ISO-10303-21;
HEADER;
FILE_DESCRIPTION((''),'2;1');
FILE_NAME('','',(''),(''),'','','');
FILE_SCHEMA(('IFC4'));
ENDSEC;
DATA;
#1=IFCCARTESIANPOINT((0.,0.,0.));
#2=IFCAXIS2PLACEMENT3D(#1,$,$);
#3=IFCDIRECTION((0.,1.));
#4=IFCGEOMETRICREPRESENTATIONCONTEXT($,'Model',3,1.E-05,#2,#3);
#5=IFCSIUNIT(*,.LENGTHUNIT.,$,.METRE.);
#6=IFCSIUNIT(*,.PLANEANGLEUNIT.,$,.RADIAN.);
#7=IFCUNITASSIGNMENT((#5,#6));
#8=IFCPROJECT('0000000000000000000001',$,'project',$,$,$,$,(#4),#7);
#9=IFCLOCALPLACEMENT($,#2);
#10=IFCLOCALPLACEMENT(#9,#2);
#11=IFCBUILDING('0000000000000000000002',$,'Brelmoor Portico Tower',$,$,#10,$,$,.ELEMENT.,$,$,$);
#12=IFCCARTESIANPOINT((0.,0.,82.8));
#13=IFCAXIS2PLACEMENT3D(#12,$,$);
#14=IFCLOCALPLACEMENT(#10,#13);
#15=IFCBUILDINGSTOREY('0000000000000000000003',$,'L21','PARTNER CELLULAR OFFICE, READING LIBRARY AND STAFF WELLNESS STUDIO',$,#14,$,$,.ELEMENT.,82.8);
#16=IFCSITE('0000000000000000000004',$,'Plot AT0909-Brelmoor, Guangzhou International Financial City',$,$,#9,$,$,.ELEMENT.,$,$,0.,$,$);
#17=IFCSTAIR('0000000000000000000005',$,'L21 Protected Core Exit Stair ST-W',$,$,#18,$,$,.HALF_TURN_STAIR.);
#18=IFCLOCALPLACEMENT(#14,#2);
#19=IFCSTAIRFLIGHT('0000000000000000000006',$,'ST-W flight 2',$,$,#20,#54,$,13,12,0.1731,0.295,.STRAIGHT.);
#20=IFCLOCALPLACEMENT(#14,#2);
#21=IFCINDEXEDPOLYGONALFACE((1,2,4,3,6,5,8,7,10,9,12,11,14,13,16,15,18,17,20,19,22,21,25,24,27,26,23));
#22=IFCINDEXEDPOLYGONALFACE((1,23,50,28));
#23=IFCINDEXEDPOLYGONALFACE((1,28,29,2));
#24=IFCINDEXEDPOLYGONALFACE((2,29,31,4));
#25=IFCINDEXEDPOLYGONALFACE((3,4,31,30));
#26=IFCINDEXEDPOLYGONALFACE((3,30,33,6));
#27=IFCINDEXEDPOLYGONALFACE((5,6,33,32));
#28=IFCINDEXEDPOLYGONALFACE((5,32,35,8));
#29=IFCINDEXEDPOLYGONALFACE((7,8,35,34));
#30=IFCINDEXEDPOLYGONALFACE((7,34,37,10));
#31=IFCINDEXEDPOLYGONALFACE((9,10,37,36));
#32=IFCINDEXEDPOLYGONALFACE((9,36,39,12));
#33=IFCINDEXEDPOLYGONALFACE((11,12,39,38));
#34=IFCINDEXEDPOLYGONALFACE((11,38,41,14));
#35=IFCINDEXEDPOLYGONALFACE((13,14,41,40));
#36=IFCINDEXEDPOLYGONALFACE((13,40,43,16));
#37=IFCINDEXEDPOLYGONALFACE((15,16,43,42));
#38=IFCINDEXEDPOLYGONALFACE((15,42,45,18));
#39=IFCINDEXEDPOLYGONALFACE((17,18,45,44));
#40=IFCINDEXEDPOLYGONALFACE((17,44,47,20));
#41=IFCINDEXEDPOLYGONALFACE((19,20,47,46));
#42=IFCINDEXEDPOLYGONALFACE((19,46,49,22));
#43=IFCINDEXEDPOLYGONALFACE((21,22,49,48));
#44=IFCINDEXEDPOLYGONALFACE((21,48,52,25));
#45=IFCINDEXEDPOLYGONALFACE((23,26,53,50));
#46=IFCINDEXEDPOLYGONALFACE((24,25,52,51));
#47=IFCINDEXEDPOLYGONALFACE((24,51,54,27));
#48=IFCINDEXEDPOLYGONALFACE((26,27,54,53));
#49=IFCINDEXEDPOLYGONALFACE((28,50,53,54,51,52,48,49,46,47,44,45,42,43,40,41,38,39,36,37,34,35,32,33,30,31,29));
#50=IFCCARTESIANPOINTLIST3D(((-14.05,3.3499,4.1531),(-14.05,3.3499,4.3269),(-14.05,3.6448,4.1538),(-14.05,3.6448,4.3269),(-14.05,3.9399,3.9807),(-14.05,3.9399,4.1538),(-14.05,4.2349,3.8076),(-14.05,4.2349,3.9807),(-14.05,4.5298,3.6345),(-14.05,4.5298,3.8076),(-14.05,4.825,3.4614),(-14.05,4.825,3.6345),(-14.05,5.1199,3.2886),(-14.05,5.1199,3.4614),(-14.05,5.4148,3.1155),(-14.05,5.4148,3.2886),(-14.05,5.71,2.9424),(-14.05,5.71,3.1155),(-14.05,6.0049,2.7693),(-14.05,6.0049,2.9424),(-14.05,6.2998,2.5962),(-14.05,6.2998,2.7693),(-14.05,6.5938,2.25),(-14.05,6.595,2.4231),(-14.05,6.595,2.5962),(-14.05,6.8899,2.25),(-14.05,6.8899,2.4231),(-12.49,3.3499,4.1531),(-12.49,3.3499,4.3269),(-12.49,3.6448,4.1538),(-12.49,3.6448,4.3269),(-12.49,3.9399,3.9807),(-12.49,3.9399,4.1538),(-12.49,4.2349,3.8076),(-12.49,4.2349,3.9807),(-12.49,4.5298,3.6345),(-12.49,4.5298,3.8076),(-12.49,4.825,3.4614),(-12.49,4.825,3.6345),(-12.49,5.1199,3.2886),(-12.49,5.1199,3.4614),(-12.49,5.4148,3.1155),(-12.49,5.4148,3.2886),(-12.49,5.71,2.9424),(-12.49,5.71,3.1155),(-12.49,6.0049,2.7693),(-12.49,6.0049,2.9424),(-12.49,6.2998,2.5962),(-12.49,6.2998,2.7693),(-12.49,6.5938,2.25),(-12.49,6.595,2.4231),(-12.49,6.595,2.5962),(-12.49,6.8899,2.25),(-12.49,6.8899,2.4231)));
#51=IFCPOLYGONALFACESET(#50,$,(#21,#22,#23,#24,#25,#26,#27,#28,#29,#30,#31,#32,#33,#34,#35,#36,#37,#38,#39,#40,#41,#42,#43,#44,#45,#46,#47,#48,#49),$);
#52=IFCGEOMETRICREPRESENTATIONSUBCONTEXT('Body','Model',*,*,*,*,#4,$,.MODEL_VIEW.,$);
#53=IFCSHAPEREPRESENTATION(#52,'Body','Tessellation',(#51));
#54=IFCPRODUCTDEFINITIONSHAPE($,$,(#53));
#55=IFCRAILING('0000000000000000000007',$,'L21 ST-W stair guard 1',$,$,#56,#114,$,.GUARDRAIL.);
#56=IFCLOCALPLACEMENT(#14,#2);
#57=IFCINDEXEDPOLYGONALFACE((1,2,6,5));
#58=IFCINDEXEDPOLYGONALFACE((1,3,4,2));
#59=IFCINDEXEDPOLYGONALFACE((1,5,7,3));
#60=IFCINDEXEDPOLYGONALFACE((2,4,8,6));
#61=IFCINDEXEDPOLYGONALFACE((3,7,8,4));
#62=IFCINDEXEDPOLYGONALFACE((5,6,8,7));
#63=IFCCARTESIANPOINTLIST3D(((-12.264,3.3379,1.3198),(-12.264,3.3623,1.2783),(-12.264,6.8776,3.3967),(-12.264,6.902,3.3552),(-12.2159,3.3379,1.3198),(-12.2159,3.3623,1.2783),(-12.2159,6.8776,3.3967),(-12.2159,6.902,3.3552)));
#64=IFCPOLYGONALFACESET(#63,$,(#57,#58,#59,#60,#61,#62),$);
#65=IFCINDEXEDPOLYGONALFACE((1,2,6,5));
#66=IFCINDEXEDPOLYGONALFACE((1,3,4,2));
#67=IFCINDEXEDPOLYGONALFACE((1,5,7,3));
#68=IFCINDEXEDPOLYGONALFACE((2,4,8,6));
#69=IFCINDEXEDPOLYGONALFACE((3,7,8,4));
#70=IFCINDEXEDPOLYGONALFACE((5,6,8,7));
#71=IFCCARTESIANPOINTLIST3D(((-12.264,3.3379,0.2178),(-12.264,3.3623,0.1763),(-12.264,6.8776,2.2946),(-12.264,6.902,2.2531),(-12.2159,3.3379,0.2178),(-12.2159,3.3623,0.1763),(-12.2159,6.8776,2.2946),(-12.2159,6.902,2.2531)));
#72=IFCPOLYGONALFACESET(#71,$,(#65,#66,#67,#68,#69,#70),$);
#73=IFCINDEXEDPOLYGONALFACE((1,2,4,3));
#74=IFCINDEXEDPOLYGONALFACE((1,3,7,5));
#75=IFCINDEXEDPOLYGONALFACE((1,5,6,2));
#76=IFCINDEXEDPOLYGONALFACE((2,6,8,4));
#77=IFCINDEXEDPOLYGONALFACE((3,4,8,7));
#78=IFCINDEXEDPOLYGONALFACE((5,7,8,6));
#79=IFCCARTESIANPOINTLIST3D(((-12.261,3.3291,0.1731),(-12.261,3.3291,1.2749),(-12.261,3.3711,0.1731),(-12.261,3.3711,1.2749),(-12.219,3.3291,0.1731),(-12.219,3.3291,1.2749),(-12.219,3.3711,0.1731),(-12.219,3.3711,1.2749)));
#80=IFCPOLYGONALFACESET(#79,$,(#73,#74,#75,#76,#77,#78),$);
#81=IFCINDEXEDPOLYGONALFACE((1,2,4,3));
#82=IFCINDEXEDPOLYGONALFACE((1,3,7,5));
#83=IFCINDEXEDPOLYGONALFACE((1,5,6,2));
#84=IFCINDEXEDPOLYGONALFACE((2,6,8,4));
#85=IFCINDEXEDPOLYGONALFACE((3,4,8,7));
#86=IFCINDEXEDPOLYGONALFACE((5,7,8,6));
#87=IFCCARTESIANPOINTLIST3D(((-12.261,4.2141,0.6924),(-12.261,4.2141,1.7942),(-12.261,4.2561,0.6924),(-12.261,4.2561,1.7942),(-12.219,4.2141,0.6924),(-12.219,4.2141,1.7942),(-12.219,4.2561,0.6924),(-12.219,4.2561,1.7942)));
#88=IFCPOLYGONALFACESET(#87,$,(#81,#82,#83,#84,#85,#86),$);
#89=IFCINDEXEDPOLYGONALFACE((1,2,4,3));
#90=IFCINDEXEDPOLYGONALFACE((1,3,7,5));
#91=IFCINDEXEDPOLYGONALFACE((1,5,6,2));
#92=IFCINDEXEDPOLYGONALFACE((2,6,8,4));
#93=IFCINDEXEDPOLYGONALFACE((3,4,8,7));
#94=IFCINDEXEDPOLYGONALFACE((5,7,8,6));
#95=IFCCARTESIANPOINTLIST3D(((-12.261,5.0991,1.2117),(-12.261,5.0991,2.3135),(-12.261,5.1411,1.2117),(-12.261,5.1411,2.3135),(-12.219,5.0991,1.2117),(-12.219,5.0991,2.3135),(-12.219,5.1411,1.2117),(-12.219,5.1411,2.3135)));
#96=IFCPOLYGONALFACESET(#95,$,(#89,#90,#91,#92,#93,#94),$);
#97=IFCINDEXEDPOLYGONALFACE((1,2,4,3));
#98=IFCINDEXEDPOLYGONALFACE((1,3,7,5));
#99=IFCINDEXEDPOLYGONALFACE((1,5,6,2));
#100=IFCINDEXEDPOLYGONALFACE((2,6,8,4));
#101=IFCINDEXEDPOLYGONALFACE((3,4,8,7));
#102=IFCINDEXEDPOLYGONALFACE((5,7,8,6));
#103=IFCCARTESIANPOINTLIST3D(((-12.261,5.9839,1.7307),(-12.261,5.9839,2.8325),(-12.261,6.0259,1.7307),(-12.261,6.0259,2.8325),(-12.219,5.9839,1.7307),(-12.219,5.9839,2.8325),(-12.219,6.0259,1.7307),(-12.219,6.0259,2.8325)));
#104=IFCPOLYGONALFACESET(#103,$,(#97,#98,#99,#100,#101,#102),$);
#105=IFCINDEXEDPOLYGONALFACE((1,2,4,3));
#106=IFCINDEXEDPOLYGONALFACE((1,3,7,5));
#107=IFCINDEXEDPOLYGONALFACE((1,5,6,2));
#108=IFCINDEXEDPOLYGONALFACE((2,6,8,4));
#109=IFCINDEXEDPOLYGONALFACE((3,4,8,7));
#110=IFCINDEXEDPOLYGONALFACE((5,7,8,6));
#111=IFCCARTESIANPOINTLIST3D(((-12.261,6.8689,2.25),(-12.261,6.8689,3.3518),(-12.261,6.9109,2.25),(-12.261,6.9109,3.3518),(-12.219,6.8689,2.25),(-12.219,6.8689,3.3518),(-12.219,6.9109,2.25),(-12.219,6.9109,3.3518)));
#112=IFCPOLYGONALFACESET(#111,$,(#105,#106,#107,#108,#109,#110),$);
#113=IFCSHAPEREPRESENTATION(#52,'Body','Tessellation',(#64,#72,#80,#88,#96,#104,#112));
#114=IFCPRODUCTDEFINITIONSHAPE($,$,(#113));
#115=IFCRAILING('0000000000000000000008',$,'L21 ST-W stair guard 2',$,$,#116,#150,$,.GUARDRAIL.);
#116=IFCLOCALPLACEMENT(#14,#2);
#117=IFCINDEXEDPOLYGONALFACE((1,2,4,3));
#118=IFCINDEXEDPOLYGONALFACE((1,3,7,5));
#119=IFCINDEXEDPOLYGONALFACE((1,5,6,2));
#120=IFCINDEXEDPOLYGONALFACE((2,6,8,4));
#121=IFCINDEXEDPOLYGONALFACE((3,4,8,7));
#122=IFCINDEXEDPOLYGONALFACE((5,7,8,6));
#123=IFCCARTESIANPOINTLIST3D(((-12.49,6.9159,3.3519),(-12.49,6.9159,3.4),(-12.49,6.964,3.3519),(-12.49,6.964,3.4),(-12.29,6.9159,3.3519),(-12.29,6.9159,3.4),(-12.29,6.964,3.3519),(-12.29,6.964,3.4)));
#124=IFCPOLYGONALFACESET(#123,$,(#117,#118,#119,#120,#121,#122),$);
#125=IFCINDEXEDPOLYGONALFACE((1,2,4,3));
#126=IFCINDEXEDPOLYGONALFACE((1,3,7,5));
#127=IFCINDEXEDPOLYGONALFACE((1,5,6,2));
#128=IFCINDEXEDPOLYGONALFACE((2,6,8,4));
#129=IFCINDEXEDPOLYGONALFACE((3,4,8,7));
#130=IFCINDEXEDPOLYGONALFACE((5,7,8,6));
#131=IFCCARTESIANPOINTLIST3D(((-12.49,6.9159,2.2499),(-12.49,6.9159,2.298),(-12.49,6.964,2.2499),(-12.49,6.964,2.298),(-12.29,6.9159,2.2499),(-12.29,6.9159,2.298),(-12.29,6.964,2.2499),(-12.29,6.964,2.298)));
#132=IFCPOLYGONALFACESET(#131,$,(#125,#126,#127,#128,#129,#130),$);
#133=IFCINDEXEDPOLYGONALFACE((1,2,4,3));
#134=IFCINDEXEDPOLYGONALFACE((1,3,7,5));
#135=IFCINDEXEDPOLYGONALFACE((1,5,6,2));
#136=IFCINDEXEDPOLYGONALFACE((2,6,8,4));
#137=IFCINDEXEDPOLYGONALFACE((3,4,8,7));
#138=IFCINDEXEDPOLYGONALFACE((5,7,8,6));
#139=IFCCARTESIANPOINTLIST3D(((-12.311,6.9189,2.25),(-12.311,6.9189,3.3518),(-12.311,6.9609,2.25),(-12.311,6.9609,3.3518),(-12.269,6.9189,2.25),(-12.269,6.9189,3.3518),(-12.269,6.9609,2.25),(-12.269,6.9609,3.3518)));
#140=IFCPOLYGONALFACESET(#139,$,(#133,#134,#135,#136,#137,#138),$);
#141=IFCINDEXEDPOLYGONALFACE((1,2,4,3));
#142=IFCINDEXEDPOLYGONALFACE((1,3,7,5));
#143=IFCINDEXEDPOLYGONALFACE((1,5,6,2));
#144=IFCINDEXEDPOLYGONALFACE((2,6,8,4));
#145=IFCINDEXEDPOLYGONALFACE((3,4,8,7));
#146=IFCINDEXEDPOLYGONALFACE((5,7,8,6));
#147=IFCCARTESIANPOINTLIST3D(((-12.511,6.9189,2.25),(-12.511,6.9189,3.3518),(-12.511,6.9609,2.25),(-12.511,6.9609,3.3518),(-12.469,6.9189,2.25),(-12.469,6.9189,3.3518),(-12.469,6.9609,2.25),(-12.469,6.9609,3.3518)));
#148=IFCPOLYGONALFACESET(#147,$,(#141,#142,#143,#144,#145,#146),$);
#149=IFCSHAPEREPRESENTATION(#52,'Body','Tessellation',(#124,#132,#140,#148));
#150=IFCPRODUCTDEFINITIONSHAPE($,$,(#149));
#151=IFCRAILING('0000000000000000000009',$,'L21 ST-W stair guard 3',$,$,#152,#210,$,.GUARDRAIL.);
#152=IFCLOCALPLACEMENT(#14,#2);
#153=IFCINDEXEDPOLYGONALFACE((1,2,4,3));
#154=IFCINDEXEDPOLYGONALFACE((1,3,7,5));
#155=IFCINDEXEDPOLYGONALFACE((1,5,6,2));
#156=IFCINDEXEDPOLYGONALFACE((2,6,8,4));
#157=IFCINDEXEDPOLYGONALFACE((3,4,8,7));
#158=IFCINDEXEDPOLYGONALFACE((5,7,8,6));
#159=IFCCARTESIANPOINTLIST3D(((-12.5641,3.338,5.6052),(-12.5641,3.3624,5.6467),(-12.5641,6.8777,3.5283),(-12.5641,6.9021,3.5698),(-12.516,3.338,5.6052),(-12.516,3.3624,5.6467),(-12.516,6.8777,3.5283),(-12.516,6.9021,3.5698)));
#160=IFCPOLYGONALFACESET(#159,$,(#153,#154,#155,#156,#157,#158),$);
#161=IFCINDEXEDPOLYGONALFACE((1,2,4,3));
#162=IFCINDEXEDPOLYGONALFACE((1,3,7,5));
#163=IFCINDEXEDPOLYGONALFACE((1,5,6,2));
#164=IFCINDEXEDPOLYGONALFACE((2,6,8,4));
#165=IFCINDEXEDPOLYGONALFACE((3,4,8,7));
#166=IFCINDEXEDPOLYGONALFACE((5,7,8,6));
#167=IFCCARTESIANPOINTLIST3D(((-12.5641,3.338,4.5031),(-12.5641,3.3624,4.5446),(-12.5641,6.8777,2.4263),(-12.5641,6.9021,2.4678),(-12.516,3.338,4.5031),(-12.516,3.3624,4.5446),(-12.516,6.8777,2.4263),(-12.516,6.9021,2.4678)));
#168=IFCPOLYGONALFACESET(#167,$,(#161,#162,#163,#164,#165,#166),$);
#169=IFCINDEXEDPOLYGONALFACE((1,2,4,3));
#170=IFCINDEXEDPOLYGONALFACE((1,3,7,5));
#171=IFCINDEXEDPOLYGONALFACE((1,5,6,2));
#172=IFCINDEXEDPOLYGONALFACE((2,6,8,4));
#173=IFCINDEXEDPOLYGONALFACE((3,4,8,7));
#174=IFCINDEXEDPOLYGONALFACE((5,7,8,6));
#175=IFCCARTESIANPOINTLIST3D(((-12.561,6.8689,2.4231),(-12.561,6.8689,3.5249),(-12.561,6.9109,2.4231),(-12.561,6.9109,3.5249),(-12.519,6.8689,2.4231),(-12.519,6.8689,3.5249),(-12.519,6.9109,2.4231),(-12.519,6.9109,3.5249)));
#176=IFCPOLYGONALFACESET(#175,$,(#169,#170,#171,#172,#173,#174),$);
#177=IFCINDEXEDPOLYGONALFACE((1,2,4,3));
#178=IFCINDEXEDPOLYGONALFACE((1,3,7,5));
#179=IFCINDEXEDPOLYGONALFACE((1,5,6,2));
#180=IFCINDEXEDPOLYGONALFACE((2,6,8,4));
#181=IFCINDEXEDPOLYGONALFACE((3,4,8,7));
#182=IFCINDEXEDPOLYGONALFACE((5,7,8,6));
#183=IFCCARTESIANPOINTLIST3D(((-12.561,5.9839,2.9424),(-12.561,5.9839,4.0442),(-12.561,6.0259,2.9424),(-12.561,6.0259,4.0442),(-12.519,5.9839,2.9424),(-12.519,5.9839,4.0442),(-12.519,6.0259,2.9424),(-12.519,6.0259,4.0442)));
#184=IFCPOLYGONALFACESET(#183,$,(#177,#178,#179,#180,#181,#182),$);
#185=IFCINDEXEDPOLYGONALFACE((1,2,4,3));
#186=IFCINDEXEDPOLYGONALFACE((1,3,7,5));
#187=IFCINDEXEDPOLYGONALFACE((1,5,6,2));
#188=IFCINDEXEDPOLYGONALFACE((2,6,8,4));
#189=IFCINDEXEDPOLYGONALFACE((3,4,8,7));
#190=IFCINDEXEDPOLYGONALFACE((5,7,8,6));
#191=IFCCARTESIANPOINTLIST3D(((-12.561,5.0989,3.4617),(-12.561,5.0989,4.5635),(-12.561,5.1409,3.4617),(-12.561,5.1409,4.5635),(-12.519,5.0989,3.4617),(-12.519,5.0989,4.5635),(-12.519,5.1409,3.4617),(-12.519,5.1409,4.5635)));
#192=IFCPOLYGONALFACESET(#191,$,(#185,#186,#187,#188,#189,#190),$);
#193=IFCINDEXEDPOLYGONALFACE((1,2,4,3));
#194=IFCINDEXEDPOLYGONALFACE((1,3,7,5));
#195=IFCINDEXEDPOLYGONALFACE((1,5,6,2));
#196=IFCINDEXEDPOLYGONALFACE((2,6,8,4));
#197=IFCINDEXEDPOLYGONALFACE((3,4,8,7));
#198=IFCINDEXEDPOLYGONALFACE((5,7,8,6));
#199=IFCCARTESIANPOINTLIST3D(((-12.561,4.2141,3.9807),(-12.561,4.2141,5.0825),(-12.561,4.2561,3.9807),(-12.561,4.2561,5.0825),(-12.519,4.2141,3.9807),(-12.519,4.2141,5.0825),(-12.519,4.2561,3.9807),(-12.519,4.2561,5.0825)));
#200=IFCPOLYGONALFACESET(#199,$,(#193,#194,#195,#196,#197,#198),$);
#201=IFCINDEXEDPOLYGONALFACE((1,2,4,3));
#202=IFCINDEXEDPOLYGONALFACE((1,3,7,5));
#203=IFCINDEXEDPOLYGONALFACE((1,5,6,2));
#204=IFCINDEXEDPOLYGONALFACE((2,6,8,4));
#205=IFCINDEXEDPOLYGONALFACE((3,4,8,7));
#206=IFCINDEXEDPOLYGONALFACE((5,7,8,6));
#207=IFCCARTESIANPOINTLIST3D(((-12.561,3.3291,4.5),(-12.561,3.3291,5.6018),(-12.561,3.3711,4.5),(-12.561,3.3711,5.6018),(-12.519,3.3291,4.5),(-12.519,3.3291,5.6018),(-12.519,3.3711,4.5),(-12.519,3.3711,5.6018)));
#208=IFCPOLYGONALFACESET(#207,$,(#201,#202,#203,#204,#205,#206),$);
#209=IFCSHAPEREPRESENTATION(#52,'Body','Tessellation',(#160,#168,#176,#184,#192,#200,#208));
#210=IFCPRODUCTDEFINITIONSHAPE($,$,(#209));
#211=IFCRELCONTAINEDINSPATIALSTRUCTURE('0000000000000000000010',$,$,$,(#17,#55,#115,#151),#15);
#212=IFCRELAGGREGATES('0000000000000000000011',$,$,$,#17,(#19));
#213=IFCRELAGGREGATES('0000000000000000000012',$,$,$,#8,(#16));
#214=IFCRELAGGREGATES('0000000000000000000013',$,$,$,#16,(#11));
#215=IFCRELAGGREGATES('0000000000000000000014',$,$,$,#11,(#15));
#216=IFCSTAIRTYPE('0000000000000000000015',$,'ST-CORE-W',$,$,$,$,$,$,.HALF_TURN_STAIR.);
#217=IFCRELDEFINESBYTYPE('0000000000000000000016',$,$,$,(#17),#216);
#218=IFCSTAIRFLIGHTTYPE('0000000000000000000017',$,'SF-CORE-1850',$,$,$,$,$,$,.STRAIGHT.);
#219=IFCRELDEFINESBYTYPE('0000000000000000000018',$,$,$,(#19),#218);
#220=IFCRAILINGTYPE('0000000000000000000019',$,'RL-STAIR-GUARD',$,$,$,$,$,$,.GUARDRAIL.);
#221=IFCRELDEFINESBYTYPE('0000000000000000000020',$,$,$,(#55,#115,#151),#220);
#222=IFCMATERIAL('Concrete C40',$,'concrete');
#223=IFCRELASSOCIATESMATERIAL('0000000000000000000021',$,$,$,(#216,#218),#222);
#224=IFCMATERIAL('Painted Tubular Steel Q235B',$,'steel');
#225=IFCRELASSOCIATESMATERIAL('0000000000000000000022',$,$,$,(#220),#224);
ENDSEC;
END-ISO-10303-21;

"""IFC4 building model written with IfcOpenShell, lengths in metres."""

from ifc_helpers import new_model, si_unit, direction, frame, origin, origin_2d, place, context, subcontext, project, spatial, polyline, rectangle, outline, extrude, material, type_object, element, aggregate, save


model = new_model("IFC4")

# Units and contexts
model_context = context("Model", 3, precision=1e-05, world=origin(), true_north=direction((0.0, 1.0)))
body_context = subcontext(model_context, "Body", "Model", "MODEL_VIEW")
ifc_project = project(units=[si_unit("LENGTHUNIT", "METRE"), si_unit("PLANEANGLEUNIT", "RADIAN")], contexts=[model_context])

# Site, building, storey
site_placement = place(None, origin())
site = spatial("IfcSite", under=ifc_project, at=site_placement, Name="Plot AT0909-Brelmoor, Guangzhou International Financial City", CompositionType="ELEMENT", RefElevation=0.0)
building_placement = place(site_placement, origin())
building = spatial("IfcBuilding", under=site, at=building_placement, Name="Brelmoor Portico Tower", CompositionType="ELEMENT")
storey_placement = place(building_placement, frame((0.0, 0.0, 82.8)))
storey = spatial("IfcBuildingStorey", under=building, at=storey_placement, Name="L21", Description="PARTNER CELLULAR OFFICE, READING LIBRARY AND STAFF WELLNESS STUDIO", CompositionType="ELEMENT", Elevation=82.8)

# Shared definitions
ifc_material_1 = material(Name="Concrete C40", Category="concrete")

# Stair, stair flight
stair_type = type_object("IfcStairType", Name="ST-CORE-W", PredefinedType="HALF_TURN_STAIR", material=ifc_material_1)
stair_placement = place(storey_placement, origin())
stair = element("IfcStair", 1, at=stair_placement, inside=storey, type_object=stair_type, Name="L21 Protected Core Exit Stair ST-W", PredefinedType="HALF_TURN_STAIR")
stair_flight_type = type_object("IfcStairFlightType", Name="SF-CORE-1850", PredefinedType="STRAIGHT", material=ifc_material_1)
stair_flight_placement = place(storey_placement, frame((-13.27, 6.8899, 2.25), z_axis=(0.0, 0.0, 1.0), x_axis=(0.0, -1.0, 0.0)))
stair_flight = element("IfcStairFlight", 2, at=stair_flight_placement, type_object=stair_flight_type, Name="ST-W flight 2", NumberOfRisers=13, NumberOfTreads=12, PredefinedType="STRAIGHT", RiserHeight=0.1731, TreadLength=0.295, context=body_context, shape_type="SweptSolid", body=[
    extrude(outline(polyline([(0.0, 0.0), (0.0, 0.1731), (0.2949, 0.1731), (0.2949, 0.3462), (0.5901, 0.3462), (0.5901, 0.5193), (0.885, 0.5193), (0.885, 0.6924), (1.1799, 0.6924), (1.1799, 0.8655), (1.4751, 0.8655), (1.4751, 1.0386), (1.77, 1.0386), (1.77, 1.2114), (2.0649, 1.2114), (2.0649, 1.3845), (2.3601, 1.3845), (2.3601, 1.5576), (2.655, 1.5576), (2.655, 1.7307), (2.95, 1.7307), (2.95, 1.9038), (3.2451, 1.9038), (3.2451, 2.0769), (3.54, 2.0769), (3.54, 2.25), (3.54, 1.9031), (0.2961, 0.0), (0.0, 0.0)])), frame((0.0, 0.78, 0.0), z_axis=(0.0, -1.0, 0.0), x_axis=(1.0, 0.0, 0.0)), (0.0, 0.0, 1.0), 1.5601),
])
aggregate(stair, [stair_flight])

# Railings
ifc_material_2 = material(Name="Painted Tubular Steel Q235B", Category="steel")
railing_type_1 = type_object("IfcRailingType", Name="RL-STAIR-GUARD", PredefinedType="GUARDRAIL", material=ifc_material_2)
railing_1_placement = place(storey_placement, frame((-12.24, 3.3501, 0.1731)))
element("IfcRailing", 3, at=railing_1_placement, inside=storey, type_object=railing_type_1, Name="L21 ST-W stair guard 1", PredefinedType="GUARDRAIL", context=body_context, shape_type="SweptSolid", body=[
    extrude(rectangle(XDim=0.0481, YDim=0.0481, at=origin_2d()), frame((0.0, 0.0, 1.126), z_axis=(0.0, 0.862501, 0.506055), x_axis=(-1.0, 0.0, 0.0)), (0.0, 0.0, 1.0), 4.104),
    extrude(rectangle(XDim=0.0481, YDim=0.0481, at=origin_2d()), frame((0.0, 0.0, 0.0239), z_axis=(0.0, 0.862501, 0.506055), x_axis=(-1.0, 0.0, 0.0)), (0.0, 0.0, 1.0), 4.104),
    extrude(rectangle(XDim=0.042, YDim=0.042, at=origin_2d()), origin(), (0.0, 0.0, 1.0), 1.1018),
    extrude(rectangle(XDim=0.042, YDim=0.042, at=origin_2d()), frame((0.0, 0.885, 0.5193)), (0.0, 0.0, 1.0), 1.1018),
    extrude(rectangle(XDim=0.042, YDim=0.042, at=origin_2d()), frame((0.0, 1.77, 1.0386)), (0.0, 0.0, 1.0), 1.1018),
    extrude(rectangle(XDim=0.042, YDim=0.042, at=origin_2d()), frame((0.0, 2.6548, 1.5576)), (0.0, 0.0, 1.0), 1.1018),
    extrude(rectangle(XDim=0.042, YDim=0.042, at=origin_2d()), frame((0.0, 3.5398, 2.0769)), (0.0, 0.0, 1.0), 1.1018),
])
railing_2_placement = place(storey_placement, frame((-12.29, 6.9399, 2.25)))
element("IfcRailing", 4, at=railing_2_placement, inside=storey, type_object=railing_type_1, Name="L21 ST-W stair guard 2", PredefinedType="GUARDRAIL", context=body_context, shape_type="SweptSolid", body=[
    extrude(rectangle(XDim=0.0481, YDim=0.0481, at=origin_2d()), frame((0.0, 0.0, 1.126), z_axis=(-1.0, 0.0, 0.0), x_axis=(0.0, -1.0, 0.0)), (0.0, 0.0, 1.0), 0.2),
    extrude(rectangle(XDim=0.0481, YDim=0.0481, at=origin_2d()), frame((0.0, 0.0, 0.0239), z_axis=(-1.0, 0.0, 0.0), x_axis=(0.0, -1.0, 0.0)), (0.0, 0.0, 1.0), 0.2),
    extrude(rectangle(XDim=0.042, YDim=0.042, at=origin_2d()), origin(), (0.0, 0.0, 1.0), 1.1018),
    extrude(rectangle(XDim=0.042, YDim=0.042, at=origin_2d()), frame((-0.2, 0.0, 0.0)), (0.0, 0.0, 1.0), 1.1018),
])
railing_3_placement = place(storey_placement, frame((-12.54, 6.8899, 2.4231)))
element("IfcRailing", 5, at=railing_3_placement, inside=storey, type_object=railing_type_1, Name="L21 ST-W stair guard 3", PredefinedType="GUARDRAIL", context=body_context, shape_type="SweptSolid", body=[
    extrude(rectangle(XDim=0.0481, YDim=0.0481, at=origin_2d()), frame((0.0, 0.0, 1.126), z_axis=(0.0, -0.862501, 0.506055), x_axis=(1.0, 0.0, 0.0)), (0.0, 0.0, 1.0), 4.104),
    extrude(rectangle(XDim=0.0481, YDim=0.0481, at=origin_2d()), frame((0.0, 0.0, 0.0239), z_axis=(0.0, -0.862501, 0.506055), x_axis=(1.0, 0.0, 0.0)), (0.0, 0.0, 1.0), 4.104),
    extrude(rectangle(XDim=0.042, YDim=0.042, at=origin_2d()), origin(), (0.0, 0.0, 1.0), 1.1018),
    extrude(rectangle(XDim=0.042, YDim=0.042, at=origin_2d()), frame((0.0, -0.885, 0.5193)), (0.0, 0.0, 1.0), 1.1018),
    extrude(rectangle(XDim=0.042, YDim=0.042, at=origin_2d()), frame((0.0, -1.77, 1.0386)), (0.0, 0.0, 1.0), 1.1018),
    extrude(rectangle(XDim=0.042, YDim=0.042, at=origin_2d()), frame((0.0, -2.6548, 1.5576)), (0.0, 0.0, 1.0), 1.1018),
    extrude(rectangle(XDim=0.042, YDim=0.042, at=origin_2d()), frame((0.0, -3.5398, 2.0769)), (0.0, 0.0, 1.0), 1.1018),
])

save(model, "model.ifc")
